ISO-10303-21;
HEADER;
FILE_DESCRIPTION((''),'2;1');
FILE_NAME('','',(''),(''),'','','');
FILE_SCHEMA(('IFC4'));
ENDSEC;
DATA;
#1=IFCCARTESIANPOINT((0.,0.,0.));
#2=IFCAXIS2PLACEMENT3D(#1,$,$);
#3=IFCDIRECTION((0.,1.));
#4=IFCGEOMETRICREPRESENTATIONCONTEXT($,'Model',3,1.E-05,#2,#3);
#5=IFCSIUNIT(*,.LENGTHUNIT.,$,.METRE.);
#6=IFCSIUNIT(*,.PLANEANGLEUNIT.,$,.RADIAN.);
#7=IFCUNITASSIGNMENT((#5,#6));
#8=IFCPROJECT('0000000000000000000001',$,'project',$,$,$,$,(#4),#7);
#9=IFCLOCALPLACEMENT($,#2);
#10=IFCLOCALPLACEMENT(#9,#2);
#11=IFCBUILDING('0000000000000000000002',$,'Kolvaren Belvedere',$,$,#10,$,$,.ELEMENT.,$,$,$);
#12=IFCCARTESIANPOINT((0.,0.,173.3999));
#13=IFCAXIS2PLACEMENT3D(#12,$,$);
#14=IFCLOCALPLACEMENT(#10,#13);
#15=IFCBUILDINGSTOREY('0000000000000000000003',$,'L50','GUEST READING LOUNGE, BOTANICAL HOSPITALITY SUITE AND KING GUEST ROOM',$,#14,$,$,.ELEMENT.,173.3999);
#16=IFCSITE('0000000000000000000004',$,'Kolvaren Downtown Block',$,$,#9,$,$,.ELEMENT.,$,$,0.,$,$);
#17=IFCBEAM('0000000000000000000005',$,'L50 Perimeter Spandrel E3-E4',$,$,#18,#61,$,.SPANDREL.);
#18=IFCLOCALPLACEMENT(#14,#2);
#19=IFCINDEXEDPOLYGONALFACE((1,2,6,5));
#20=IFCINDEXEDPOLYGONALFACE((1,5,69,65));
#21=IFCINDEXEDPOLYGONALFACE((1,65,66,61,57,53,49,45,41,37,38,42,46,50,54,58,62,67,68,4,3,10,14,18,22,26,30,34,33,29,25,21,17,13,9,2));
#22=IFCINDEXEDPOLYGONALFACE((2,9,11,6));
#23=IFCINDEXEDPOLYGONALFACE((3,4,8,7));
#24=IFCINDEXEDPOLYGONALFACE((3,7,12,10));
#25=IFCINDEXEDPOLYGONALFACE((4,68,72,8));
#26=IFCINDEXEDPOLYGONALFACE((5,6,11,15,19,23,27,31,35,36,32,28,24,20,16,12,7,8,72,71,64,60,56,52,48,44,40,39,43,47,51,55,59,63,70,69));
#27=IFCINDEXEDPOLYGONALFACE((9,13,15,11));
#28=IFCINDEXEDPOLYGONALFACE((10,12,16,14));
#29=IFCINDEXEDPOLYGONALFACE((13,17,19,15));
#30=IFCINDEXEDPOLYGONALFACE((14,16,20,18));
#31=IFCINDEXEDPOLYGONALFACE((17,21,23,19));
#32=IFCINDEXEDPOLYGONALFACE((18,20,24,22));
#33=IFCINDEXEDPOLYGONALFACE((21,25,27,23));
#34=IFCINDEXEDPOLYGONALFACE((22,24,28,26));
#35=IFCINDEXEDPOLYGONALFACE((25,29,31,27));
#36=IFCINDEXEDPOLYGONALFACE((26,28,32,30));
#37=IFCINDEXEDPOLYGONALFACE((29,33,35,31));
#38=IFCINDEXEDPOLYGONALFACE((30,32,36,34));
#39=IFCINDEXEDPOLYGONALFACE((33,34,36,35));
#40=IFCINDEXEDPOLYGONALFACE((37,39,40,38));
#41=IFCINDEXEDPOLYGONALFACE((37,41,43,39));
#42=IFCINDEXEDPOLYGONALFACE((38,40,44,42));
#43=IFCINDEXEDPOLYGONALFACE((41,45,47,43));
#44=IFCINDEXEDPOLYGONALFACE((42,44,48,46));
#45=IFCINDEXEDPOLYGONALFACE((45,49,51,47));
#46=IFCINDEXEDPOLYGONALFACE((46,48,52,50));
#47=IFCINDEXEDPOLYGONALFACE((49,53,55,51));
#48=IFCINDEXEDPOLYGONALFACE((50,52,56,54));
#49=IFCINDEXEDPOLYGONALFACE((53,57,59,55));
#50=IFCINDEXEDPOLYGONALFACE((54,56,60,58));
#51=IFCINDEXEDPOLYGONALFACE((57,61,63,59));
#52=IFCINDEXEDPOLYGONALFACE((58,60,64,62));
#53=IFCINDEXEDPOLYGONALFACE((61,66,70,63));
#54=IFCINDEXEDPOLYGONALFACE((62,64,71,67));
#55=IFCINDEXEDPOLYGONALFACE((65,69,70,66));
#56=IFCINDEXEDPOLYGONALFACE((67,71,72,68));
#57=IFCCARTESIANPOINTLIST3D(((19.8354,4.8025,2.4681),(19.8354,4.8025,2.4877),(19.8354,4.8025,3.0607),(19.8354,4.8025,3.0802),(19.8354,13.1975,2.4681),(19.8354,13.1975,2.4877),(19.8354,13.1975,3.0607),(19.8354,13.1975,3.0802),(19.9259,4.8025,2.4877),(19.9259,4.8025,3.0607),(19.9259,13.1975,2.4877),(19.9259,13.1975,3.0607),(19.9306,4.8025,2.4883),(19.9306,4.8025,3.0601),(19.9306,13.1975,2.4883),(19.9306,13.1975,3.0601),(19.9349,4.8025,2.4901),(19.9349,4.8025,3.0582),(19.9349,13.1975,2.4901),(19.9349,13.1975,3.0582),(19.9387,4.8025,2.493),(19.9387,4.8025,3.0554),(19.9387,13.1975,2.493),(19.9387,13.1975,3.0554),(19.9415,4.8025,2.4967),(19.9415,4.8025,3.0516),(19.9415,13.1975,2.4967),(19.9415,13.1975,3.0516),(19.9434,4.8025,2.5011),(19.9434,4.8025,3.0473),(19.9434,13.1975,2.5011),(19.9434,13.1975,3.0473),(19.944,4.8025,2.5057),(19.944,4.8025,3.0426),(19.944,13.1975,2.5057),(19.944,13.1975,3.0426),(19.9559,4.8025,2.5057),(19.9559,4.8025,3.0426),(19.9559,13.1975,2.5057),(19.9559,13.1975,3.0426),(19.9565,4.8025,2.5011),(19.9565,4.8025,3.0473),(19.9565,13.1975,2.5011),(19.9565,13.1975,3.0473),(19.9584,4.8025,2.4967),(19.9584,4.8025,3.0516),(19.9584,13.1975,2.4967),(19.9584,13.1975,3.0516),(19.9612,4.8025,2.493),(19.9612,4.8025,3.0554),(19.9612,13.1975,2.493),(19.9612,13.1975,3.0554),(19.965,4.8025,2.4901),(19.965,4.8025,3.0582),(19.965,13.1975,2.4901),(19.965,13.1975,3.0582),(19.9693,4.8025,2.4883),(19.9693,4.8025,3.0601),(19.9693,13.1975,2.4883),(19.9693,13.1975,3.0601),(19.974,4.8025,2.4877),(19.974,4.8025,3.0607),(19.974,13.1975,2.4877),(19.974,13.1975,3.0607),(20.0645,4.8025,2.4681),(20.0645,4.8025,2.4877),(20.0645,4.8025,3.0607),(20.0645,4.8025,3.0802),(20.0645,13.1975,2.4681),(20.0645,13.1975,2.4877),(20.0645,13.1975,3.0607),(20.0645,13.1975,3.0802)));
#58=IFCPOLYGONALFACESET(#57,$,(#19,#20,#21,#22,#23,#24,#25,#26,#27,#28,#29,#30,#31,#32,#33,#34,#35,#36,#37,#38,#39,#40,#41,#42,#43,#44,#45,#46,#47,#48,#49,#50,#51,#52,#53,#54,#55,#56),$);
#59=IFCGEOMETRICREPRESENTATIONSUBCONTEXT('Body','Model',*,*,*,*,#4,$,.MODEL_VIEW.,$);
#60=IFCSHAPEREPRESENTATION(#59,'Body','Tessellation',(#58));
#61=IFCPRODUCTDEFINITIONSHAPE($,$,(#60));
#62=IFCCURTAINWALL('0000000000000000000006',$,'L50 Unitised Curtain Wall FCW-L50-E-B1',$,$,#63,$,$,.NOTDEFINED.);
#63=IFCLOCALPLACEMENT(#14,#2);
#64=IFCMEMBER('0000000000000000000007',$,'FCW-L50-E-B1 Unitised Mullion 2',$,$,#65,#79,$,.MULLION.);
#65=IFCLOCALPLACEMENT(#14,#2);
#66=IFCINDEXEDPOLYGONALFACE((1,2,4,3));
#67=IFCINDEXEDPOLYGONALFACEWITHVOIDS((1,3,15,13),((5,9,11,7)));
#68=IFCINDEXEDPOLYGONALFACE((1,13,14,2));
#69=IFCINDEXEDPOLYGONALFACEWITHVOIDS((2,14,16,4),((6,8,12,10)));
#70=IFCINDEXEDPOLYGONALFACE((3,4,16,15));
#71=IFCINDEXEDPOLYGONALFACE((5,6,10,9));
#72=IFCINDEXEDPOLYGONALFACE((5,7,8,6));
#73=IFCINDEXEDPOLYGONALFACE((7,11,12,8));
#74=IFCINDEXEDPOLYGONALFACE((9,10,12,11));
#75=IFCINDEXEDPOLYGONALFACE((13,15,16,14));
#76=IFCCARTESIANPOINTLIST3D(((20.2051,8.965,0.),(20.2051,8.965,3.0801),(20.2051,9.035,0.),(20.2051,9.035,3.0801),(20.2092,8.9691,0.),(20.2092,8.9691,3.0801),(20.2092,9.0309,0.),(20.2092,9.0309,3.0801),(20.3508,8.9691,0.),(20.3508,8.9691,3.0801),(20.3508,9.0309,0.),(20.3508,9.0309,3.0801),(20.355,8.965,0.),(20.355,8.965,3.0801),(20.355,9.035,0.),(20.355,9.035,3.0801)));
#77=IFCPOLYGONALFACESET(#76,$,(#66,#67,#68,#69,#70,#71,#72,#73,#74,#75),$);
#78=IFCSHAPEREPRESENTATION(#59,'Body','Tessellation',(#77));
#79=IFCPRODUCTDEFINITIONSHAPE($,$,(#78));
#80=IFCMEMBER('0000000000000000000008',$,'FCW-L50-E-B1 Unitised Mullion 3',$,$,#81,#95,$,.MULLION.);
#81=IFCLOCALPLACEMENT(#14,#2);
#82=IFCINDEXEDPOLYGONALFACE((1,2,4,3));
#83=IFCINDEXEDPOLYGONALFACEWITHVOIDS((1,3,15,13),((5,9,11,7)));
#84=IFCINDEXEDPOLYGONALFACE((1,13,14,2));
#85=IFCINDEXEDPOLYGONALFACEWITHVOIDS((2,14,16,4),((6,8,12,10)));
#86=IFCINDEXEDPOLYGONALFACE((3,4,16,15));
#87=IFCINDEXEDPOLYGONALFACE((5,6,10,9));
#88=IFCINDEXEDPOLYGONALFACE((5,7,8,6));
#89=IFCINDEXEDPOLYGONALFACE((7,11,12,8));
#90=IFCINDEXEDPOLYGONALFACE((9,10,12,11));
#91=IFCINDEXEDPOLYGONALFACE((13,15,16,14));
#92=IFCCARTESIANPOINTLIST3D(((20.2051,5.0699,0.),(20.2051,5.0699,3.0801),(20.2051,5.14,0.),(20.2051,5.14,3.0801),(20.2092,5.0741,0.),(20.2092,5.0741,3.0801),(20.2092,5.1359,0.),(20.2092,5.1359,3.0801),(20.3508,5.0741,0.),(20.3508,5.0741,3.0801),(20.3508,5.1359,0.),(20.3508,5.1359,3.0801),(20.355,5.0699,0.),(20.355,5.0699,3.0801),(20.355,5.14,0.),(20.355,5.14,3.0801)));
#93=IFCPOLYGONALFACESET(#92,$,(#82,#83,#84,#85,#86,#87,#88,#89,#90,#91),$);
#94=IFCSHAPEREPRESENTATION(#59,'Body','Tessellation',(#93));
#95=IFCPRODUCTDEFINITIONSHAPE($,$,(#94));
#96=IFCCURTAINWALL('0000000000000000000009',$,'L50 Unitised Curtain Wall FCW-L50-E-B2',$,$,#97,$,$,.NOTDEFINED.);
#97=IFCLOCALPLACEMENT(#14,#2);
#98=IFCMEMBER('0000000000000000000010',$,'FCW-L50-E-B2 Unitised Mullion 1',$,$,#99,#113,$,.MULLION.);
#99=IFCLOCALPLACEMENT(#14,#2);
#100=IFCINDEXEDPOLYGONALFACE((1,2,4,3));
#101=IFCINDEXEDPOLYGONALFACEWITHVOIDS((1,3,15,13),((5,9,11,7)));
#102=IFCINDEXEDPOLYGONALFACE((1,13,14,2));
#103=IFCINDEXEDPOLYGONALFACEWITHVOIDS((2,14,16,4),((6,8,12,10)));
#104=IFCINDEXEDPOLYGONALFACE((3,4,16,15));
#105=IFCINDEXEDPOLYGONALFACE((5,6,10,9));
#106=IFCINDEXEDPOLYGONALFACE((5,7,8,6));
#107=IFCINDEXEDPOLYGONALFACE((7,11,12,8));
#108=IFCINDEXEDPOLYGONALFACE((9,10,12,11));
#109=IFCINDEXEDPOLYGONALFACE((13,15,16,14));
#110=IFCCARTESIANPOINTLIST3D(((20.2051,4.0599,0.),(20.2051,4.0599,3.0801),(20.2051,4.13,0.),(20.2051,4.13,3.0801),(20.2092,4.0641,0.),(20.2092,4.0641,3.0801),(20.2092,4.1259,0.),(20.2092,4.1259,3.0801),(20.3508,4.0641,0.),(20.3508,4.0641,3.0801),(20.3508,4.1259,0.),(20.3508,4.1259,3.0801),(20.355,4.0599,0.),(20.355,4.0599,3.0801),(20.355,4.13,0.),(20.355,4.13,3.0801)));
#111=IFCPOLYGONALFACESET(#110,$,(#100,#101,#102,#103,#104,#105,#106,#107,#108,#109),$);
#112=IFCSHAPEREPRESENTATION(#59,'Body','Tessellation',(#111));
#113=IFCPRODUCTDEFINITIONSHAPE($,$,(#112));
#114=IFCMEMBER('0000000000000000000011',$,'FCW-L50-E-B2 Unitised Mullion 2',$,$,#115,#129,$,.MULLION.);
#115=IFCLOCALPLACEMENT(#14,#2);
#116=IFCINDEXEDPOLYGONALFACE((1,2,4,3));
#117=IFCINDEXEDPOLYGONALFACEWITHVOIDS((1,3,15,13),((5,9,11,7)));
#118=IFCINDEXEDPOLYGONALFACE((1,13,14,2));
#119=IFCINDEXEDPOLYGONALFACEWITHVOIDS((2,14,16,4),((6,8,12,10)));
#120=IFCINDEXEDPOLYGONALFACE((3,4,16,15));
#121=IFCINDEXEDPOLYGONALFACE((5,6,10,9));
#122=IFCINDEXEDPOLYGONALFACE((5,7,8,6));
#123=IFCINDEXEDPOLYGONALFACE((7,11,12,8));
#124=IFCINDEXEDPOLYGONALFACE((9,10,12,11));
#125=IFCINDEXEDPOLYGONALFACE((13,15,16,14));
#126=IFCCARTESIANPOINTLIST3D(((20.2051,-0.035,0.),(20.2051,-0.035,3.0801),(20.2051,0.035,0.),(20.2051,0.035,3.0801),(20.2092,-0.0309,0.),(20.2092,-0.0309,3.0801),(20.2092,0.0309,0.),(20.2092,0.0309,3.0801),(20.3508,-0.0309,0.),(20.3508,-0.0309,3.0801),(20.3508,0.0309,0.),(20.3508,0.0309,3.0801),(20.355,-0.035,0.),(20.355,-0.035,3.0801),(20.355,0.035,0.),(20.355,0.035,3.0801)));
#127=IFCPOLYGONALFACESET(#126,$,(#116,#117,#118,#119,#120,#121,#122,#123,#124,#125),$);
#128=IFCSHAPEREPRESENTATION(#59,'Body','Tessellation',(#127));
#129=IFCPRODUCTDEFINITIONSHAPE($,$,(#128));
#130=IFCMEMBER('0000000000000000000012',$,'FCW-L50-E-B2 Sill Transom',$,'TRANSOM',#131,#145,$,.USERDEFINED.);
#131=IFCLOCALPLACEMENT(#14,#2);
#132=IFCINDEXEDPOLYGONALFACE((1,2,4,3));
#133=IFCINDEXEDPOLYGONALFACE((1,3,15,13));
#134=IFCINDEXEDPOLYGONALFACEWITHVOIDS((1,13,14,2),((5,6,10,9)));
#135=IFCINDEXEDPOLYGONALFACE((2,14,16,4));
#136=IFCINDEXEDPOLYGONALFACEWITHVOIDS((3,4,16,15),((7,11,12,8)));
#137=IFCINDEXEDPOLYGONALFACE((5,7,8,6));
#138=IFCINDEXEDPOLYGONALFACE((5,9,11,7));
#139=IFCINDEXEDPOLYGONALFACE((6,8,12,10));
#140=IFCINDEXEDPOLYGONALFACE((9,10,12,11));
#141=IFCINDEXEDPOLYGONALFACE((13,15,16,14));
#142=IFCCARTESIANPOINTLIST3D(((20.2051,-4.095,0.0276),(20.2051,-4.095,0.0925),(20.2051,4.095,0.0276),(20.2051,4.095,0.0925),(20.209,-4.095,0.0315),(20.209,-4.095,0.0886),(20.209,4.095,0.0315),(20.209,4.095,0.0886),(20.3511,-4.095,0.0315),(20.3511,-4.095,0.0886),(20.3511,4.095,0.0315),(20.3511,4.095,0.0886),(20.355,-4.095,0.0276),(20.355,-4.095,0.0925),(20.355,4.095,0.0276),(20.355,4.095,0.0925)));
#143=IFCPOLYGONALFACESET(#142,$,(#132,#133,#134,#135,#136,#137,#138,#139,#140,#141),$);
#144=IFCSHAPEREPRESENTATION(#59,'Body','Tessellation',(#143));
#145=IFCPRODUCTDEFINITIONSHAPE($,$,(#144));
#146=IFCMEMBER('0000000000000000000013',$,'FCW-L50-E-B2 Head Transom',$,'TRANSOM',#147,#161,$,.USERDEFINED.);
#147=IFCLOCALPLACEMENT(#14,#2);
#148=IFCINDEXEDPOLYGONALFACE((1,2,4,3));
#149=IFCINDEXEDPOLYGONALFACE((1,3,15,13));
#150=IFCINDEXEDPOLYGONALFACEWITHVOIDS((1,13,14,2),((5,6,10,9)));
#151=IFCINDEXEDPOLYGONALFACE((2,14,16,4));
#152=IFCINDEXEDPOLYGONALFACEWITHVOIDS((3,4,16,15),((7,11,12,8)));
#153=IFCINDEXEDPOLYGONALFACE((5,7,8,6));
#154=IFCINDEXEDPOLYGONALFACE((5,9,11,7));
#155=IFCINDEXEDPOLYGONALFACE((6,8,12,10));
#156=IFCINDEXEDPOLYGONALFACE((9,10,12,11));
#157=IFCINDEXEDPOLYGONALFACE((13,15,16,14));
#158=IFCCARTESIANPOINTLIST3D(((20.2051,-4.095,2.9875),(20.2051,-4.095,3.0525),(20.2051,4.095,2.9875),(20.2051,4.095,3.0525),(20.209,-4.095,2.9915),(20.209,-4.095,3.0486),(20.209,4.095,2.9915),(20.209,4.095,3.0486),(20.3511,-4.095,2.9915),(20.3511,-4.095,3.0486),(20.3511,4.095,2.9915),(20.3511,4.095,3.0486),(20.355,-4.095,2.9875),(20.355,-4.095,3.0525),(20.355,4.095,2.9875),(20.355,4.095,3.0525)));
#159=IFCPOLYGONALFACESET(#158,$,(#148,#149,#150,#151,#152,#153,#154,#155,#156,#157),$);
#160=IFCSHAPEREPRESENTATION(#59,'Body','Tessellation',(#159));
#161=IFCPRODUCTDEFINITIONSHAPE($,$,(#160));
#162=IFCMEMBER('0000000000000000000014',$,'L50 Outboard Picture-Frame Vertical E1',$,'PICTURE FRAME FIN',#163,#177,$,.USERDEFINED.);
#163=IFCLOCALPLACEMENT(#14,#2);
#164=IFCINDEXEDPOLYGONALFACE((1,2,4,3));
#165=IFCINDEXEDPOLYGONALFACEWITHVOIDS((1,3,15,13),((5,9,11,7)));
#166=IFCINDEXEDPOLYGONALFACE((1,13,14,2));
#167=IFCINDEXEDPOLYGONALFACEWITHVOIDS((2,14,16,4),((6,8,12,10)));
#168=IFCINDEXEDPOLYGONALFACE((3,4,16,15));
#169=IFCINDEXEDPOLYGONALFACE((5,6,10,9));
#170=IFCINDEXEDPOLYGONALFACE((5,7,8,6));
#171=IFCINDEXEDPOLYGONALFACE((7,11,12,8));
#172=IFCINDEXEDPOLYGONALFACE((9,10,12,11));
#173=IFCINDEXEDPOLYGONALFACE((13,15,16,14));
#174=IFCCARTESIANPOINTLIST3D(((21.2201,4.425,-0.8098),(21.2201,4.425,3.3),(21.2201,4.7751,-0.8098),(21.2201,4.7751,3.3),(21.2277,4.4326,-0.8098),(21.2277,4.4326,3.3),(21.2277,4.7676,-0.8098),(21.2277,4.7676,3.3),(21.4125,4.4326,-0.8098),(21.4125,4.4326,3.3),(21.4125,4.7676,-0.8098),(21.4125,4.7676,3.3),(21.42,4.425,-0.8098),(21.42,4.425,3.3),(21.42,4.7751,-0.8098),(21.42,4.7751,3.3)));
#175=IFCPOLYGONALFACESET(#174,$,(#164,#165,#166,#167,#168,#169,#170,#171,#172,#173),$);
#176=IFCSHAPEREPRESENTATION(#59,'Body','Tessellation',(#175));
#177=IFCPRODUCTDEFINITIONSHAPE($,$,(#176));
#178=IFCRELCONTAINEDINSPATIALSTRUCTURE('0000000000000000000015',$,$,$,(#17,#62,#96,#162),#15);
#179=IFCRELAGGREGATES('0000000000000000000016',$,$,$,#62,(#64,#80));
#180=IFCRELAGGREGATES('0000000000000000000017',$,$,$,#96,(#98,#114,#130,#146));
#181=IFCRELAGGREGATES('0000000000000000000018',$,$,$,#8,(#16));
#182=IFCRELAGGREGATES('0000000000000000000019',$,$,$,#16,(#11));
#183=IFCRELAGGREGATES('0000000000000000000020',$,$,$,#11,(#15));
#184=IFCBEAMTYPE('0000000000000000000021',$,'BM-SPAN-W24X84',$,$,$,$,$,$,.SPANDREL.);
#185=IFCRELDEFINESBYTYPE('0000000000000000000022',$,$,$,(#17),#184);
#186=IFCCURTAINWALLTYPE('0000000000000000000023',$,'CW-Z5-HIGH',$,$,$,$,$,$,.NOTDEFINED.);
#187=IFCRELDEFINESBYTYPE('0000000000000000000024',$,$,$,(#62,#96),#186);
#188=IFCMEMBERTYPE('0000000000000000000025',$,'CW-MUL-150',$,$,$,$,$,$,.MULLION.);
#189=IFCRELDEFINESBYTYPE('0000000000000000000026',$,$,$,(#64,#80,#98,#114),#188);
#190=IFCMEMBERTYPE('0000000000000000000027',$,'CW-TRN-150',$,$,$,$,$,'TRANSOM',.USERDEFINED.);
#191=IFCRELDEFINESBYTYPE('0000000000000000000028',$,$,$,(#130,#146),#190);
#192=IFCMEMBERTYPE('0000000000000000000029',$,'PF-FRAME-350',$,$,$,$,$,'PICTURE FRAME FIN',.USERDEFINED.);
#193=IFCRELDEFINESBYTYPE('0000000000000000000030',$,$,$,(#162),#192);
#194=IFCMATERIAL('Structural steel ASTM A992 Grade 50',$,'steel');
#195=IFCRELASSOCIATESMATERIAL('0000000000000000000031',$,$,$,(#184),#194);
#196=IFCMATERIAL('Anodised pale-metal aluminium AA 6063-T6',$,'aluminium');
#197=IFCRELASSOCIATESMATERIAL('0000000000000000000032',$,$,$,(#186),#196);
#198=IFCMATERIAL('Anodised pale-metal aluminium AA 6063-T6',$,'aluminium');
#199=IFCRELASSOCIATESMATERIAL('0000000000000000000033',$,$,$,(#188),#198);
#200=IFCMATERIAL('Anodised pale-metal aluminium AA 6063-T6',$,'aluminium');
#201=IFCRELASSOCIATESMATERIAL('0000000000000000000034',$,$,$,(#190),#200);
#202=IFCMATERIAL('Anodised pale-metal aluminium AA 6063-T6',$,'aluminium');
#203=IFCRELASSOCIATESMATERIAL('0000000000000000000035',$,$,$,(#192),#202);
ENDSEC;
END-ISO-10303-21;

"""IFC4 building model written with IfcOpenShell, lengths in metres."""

from ifc_helpers import new_model, si_unit, direction, frame, origin, origin_2d, place, context, subcontext, project, spatial, hollow_rectangle, i_section, extrude, material, material_profile, profile_set, type_object, element, aggregate, save


model = new_model("IFC4")

# Units and contexts
model_context = context("Model", 3, precision=1e-05, world=origin(), true_north=direction((0.0, 1.0)))
body_context = subcontext(model_context, "Body", "Model", "MODEL_VIEW")
ifc_project = project(units=[si_unit("LENGTHUNIT", "METRE"), si_unit("PLANEANGLEUNIT", "RADIAN")], contexts=[model_context])

# Site, building, storey
site_placement = place(None, origin())
site = spatial("IfcSite", under=ifc_project, at=site_placement, Name="Kolvaren Downtown Block", CompositionType="ELEMENT", RefElevation=0.0)
building_placement = place(site_placement, origin())
building = spatial("IfcBuilding", under=site, at=building_placement, Name="Kolvaren Belvedere", CompositionType="ELEMENT")
storey_placement = place(building_placement, frame((0.0, 0.0, 173.3999)))
storey = spatial("IfcBuildingStorey", under=building, at=storey_placement, Name="L50", Description="GUEST READING LOUNGE, BOTANICAL HOSPITALITY SUITE AND KING GUEST ROOM", CompositionType="ELEMENT", Elevation=173.3999)

# Beam
ifc_material_1 = material(Name="Structural steel ASTM A992 Grade 50", Category="steel")
ifc_material_profile_1 = material_profile(ifc_material_1, i_section(OverallWidth=0.229, OverallDepth=0.6121, WebThickness=0.012, FlangeThickness=0.0195, FilletRadius=0.0181, at=origin_2d()), Name="W24X84")
ifc_profile_set_1 = profile_set([ifc_material_profile_1], Name="Structural steel ASTM A992 Grade 50")
beam_type_1 = type_object("IfcBeamType", Name="BM-SPAN-W24X84", PredefinedType="SPANDREL", material=ifc_profile_set_1)
beam_1_placement = place(storey_placement, frame((19.95, 4.8025, 2.7742), z_axis=(0.0, 1.0, 0.0), x_axis=(-1.0, 0.0, 0.0)))
element("IfcBeam", 1, at=beam_1_placement, inside=storey, type_object=beam_type_1, Name="L50 Perimeter Spandrel E3-E4", PredefinedType="SPANDREL", context=body_context, shape_type="SweptSolid", body=[
    extrude(i_section(OverallWidth=0.229, OverallDepth=0.6121, WebThickness=0.012, FlangeThickness=0.0195, FilletRadius=0.0181, at=origin_2d()), origin(), (0.0, 0.0, 1.0), 8.395),
])

# Curtain walls, members
ifc_material_2 = material(Name="Anodised pale-metal aluminium AA 6063-T6", Category="aluminium")
curtain_wall_type = type_object("IfcCurtainWallType", Name="CW-Z5-HIGH", PredefinedType="NOTDEFINED", material=ifc_material_2)
curtain_wall_1_placement = place(storey_placement, origin())
curtain_wall_1 = element("IfcCurtainWall", 2, at=curtain_wall_1_placement, inside=storey, type_object=curtain_wall_type, Name="L50 Unitised Curtain Wall FCW-L50-E-B1", PredefinedType="NOTDEFINED")
ifc_material_3 = material(Name="Anodised pale-metal aluminium AA 6063-T6", Category="aluminium")
ifc_material_profile_2 = material_profile(ifc_material_3, hollow_rectangle(XDim=0.0701, YDim=0.1499, WallThickness=0.0042, at=origin_2d()), Name="ALU-MUL-150X70")
ifc_profile_set_2 = profile_set([ifc_material_profile_2], Name="Anodised pale-metal aluminium AA 6063-T6")
member_type_1 = type_object("IfcMemberType", Name="CW-MUL-150", PredefinedType="MULLION", material=ifc_profile_set_2)
member_1_placement = place(storey_placement, frame((20.28, 9.0, 0.0), z_axis=(0.0, 0.0, 1.0), x_axis=(0.0, 1.0, 0.0)))
member_1 = element("IfcMember", 3, at=member_1_placement, type_object=member_type_1, Name="FCW-L50-E-B1 Unitised Mullion 2", PredefinedType="MULLION", context=body_context, shape_type="SweptSolid", body=[
    extrude(hollow_rectangle(XDim=0.0701, YDim=0.1499, WallThickness=0.0042, at=origin_2d()), origin(), (0.0, 0.0, 1.0), 3.0801),
])
member_2_placement = place(storey_placement, frame((20.28, 5.105, 0.0), z_axis=(0.0, 0.0, 1.0), x_axis=(0.0, 1.0, 0.0)))
member_2 = element("IfcMember", 4, at=member_2_placement, type_object=member_type_1, Name="FCW-L50-E-B1 Unitised Mullion 3", PredefinedType="MULLION", context=body_context, shape_type="SweptSolid", body=[
    extrude(hollow_rectangle(XDim=0.0701, YDim=0.1499, WallThickness=0.0042, at=origin_2d()), origin(), (0.0, 0.0, 1.0), 3.0801),
])
curtain_wall_2_placement = place(storey_placement, origin())
curtain_wall_2 = element("IfcCurtainWall", 5, at=curtain_wall_2_placement, inside=storey, type_object=curtain_wall_type, Name="L50 Unitised Curtain Wall FCW-L50-E-B2", PredefinedType="NOTDEFINED")
member_3_placement = place(storey_placement, frame((20.28, 4.095, 0.0), z_axis=(0.0, 0.0, 1.0), x_axis=(0.0, 1.0, 0.0)))
member_3 = element("IfcMember", 6, at=member_3_placement, type_object=member_type_1, Name="FCW-L50-E-B2 Unitised Mullion 1", PredefinedType="MULLION", context=body_context, shape_type="SweptSolid", body=[
    extrude(hollow_rectangle(XDim=0.0701, YDim=0.1499, WallThickness=0.0042, at=origin_2d()), origin(), (0.0, 0.0, 1.0), 3.0801),
])
member_4_placement = place(storey_placement, frame((20.28, 0.0, 0.0), z_axis=(0.0, 0.0, 1.0), x_axis=(0.0, 1.0, 0.0)))
member_4 = element("IfcMember", 7, at=member_4_placement, type_object=member_type_1, Name="FCW-L50-E-B2 Unitised Mullion 2", PredefinedType="MULLION", context=body_context, shape_type="SweptSolid", body=[
    extrude(hollow_rectangle(XDim=0.0701, YDim=0.1499, WallThickness=0.0042, at=origin_2d()), origin(), (0.0, 0.0, 1.0), 3.0801),
])
ifc_material_4 = material(Name="Anodised pale-metal aluminium AA 6063-T6", Category="aluminium")
ifc_material_profile_3 = material_profile(ifc_material_4, hollow_rectangle(XDim=0.0649, YDim=0.1499, WallThickness=0.0039, at=origin_2d()), Name="ALU-TRN-150X65")
ifc_profile_set_3 = profile_set([ifc_material_profile_3], Name="Anodised pale-metal aluminium AA 6063-T6")
member_type_2 = type_object("IfcMemberType", Name="CW-TRN-150", ElementType="TRANSOM", PredefinedType="USERDEFINED", material=ifc_profile_set_3)
member_5_placement = place(storey_placement, frame((20.28, 4.095, 0.0601), z_axis=(0.0, -1.0, 0.0), x_axis=(0.0, 0.0, 1.0)))
member_5 = element("IfcMember", 8, at=member_5_placement, type_object=member_type_2, Name="FCW-L50-E-B2 Sill Transom", ObjectType="TRANSOM", PredefinedType="USERDEFINED", context=body_context, shape_type="SweptSolid", body=[
    extrude(hollow_rectangle(XDim=0.0649, YDim=0.1499, WallThickness=0.0039, at=origin_2d()), origin(), (0.0, 0.0, 1.0), 8.1899),
])
member_6_placement = place(storey_placement, frame((20.28, 4.095, 3.02), z_axis=(0.0, -1.0, 0.0), x_axis=(0.0, 0.0, 1.0)))
member_6 = element("IfcMember", 9, at=member_6_placement, type_object=member_type_2, Name="FCW-L50-E-B2 Head Transom", ObjectType="TRANSOM", PredefinedType="USERDEFINED", context=body_context, shape_type="SweptSolid", body=[
    extrude(hollow_rectangle(XDim=0.0649, YDim=0.1499, WallThickness=0.0039, at=origin_2d()), origin(), (0.0, 0.0, 1.0), 8.1899),
])

# Member
ifc_material_5 = material(Name="Anodised pale-metal aluminium AA 6063-T6", Category="aluminium")
ifc_material_profile_4 = material_profile(ifc_material_5, hollow_rectangle(XDim=0.2, YDim=0.3501, WallThickness=0.0076, at=origin_2d()), Name="ALU-PF-350X200")
ifc_profile_set_4 = profile_set([ifc_material_profile_4], Name="Anodised pale-metal aluminium AA 6063-T6")
member_type_3 = type_object("IfcMemberType", Name="PF-FRAME-350", ElementType="PICTURE FRAME FIN", PredefinedType="USERDEFINED", material=ifc_profile_set_4)
member_7_placement = place(storey_placement, frame((21.3201, 4.6001, -0.8098), z_axis=(0.0, 0.0, 1.0), x_axis=(1.0, 0.0, 0.0)))
element("IfcMember", 10, at=member_7_placement, inside=storey, type_object=member_type_3, Name="L50 Outboard Picture-Frame Vertical E1", ObjectType="PICTURE FRAME FIN", PredefinedType="USERDEFINED", context=body_context, shape_type="SweptSolid", body=[
    extrude(hollow_rectangle(XDim=0.2, YDim=0.3501, WallThickness=0.0076, at=origin_2d()), origin(), (0.0, 0.0, 1.0), 4.1099),
])

aggregate(curtain_wall_1, [member_1, member_2])
aggregate(curtain_wall_2, [member_3, member_4, member_5, member_6])

save(model, "model.ifc")
